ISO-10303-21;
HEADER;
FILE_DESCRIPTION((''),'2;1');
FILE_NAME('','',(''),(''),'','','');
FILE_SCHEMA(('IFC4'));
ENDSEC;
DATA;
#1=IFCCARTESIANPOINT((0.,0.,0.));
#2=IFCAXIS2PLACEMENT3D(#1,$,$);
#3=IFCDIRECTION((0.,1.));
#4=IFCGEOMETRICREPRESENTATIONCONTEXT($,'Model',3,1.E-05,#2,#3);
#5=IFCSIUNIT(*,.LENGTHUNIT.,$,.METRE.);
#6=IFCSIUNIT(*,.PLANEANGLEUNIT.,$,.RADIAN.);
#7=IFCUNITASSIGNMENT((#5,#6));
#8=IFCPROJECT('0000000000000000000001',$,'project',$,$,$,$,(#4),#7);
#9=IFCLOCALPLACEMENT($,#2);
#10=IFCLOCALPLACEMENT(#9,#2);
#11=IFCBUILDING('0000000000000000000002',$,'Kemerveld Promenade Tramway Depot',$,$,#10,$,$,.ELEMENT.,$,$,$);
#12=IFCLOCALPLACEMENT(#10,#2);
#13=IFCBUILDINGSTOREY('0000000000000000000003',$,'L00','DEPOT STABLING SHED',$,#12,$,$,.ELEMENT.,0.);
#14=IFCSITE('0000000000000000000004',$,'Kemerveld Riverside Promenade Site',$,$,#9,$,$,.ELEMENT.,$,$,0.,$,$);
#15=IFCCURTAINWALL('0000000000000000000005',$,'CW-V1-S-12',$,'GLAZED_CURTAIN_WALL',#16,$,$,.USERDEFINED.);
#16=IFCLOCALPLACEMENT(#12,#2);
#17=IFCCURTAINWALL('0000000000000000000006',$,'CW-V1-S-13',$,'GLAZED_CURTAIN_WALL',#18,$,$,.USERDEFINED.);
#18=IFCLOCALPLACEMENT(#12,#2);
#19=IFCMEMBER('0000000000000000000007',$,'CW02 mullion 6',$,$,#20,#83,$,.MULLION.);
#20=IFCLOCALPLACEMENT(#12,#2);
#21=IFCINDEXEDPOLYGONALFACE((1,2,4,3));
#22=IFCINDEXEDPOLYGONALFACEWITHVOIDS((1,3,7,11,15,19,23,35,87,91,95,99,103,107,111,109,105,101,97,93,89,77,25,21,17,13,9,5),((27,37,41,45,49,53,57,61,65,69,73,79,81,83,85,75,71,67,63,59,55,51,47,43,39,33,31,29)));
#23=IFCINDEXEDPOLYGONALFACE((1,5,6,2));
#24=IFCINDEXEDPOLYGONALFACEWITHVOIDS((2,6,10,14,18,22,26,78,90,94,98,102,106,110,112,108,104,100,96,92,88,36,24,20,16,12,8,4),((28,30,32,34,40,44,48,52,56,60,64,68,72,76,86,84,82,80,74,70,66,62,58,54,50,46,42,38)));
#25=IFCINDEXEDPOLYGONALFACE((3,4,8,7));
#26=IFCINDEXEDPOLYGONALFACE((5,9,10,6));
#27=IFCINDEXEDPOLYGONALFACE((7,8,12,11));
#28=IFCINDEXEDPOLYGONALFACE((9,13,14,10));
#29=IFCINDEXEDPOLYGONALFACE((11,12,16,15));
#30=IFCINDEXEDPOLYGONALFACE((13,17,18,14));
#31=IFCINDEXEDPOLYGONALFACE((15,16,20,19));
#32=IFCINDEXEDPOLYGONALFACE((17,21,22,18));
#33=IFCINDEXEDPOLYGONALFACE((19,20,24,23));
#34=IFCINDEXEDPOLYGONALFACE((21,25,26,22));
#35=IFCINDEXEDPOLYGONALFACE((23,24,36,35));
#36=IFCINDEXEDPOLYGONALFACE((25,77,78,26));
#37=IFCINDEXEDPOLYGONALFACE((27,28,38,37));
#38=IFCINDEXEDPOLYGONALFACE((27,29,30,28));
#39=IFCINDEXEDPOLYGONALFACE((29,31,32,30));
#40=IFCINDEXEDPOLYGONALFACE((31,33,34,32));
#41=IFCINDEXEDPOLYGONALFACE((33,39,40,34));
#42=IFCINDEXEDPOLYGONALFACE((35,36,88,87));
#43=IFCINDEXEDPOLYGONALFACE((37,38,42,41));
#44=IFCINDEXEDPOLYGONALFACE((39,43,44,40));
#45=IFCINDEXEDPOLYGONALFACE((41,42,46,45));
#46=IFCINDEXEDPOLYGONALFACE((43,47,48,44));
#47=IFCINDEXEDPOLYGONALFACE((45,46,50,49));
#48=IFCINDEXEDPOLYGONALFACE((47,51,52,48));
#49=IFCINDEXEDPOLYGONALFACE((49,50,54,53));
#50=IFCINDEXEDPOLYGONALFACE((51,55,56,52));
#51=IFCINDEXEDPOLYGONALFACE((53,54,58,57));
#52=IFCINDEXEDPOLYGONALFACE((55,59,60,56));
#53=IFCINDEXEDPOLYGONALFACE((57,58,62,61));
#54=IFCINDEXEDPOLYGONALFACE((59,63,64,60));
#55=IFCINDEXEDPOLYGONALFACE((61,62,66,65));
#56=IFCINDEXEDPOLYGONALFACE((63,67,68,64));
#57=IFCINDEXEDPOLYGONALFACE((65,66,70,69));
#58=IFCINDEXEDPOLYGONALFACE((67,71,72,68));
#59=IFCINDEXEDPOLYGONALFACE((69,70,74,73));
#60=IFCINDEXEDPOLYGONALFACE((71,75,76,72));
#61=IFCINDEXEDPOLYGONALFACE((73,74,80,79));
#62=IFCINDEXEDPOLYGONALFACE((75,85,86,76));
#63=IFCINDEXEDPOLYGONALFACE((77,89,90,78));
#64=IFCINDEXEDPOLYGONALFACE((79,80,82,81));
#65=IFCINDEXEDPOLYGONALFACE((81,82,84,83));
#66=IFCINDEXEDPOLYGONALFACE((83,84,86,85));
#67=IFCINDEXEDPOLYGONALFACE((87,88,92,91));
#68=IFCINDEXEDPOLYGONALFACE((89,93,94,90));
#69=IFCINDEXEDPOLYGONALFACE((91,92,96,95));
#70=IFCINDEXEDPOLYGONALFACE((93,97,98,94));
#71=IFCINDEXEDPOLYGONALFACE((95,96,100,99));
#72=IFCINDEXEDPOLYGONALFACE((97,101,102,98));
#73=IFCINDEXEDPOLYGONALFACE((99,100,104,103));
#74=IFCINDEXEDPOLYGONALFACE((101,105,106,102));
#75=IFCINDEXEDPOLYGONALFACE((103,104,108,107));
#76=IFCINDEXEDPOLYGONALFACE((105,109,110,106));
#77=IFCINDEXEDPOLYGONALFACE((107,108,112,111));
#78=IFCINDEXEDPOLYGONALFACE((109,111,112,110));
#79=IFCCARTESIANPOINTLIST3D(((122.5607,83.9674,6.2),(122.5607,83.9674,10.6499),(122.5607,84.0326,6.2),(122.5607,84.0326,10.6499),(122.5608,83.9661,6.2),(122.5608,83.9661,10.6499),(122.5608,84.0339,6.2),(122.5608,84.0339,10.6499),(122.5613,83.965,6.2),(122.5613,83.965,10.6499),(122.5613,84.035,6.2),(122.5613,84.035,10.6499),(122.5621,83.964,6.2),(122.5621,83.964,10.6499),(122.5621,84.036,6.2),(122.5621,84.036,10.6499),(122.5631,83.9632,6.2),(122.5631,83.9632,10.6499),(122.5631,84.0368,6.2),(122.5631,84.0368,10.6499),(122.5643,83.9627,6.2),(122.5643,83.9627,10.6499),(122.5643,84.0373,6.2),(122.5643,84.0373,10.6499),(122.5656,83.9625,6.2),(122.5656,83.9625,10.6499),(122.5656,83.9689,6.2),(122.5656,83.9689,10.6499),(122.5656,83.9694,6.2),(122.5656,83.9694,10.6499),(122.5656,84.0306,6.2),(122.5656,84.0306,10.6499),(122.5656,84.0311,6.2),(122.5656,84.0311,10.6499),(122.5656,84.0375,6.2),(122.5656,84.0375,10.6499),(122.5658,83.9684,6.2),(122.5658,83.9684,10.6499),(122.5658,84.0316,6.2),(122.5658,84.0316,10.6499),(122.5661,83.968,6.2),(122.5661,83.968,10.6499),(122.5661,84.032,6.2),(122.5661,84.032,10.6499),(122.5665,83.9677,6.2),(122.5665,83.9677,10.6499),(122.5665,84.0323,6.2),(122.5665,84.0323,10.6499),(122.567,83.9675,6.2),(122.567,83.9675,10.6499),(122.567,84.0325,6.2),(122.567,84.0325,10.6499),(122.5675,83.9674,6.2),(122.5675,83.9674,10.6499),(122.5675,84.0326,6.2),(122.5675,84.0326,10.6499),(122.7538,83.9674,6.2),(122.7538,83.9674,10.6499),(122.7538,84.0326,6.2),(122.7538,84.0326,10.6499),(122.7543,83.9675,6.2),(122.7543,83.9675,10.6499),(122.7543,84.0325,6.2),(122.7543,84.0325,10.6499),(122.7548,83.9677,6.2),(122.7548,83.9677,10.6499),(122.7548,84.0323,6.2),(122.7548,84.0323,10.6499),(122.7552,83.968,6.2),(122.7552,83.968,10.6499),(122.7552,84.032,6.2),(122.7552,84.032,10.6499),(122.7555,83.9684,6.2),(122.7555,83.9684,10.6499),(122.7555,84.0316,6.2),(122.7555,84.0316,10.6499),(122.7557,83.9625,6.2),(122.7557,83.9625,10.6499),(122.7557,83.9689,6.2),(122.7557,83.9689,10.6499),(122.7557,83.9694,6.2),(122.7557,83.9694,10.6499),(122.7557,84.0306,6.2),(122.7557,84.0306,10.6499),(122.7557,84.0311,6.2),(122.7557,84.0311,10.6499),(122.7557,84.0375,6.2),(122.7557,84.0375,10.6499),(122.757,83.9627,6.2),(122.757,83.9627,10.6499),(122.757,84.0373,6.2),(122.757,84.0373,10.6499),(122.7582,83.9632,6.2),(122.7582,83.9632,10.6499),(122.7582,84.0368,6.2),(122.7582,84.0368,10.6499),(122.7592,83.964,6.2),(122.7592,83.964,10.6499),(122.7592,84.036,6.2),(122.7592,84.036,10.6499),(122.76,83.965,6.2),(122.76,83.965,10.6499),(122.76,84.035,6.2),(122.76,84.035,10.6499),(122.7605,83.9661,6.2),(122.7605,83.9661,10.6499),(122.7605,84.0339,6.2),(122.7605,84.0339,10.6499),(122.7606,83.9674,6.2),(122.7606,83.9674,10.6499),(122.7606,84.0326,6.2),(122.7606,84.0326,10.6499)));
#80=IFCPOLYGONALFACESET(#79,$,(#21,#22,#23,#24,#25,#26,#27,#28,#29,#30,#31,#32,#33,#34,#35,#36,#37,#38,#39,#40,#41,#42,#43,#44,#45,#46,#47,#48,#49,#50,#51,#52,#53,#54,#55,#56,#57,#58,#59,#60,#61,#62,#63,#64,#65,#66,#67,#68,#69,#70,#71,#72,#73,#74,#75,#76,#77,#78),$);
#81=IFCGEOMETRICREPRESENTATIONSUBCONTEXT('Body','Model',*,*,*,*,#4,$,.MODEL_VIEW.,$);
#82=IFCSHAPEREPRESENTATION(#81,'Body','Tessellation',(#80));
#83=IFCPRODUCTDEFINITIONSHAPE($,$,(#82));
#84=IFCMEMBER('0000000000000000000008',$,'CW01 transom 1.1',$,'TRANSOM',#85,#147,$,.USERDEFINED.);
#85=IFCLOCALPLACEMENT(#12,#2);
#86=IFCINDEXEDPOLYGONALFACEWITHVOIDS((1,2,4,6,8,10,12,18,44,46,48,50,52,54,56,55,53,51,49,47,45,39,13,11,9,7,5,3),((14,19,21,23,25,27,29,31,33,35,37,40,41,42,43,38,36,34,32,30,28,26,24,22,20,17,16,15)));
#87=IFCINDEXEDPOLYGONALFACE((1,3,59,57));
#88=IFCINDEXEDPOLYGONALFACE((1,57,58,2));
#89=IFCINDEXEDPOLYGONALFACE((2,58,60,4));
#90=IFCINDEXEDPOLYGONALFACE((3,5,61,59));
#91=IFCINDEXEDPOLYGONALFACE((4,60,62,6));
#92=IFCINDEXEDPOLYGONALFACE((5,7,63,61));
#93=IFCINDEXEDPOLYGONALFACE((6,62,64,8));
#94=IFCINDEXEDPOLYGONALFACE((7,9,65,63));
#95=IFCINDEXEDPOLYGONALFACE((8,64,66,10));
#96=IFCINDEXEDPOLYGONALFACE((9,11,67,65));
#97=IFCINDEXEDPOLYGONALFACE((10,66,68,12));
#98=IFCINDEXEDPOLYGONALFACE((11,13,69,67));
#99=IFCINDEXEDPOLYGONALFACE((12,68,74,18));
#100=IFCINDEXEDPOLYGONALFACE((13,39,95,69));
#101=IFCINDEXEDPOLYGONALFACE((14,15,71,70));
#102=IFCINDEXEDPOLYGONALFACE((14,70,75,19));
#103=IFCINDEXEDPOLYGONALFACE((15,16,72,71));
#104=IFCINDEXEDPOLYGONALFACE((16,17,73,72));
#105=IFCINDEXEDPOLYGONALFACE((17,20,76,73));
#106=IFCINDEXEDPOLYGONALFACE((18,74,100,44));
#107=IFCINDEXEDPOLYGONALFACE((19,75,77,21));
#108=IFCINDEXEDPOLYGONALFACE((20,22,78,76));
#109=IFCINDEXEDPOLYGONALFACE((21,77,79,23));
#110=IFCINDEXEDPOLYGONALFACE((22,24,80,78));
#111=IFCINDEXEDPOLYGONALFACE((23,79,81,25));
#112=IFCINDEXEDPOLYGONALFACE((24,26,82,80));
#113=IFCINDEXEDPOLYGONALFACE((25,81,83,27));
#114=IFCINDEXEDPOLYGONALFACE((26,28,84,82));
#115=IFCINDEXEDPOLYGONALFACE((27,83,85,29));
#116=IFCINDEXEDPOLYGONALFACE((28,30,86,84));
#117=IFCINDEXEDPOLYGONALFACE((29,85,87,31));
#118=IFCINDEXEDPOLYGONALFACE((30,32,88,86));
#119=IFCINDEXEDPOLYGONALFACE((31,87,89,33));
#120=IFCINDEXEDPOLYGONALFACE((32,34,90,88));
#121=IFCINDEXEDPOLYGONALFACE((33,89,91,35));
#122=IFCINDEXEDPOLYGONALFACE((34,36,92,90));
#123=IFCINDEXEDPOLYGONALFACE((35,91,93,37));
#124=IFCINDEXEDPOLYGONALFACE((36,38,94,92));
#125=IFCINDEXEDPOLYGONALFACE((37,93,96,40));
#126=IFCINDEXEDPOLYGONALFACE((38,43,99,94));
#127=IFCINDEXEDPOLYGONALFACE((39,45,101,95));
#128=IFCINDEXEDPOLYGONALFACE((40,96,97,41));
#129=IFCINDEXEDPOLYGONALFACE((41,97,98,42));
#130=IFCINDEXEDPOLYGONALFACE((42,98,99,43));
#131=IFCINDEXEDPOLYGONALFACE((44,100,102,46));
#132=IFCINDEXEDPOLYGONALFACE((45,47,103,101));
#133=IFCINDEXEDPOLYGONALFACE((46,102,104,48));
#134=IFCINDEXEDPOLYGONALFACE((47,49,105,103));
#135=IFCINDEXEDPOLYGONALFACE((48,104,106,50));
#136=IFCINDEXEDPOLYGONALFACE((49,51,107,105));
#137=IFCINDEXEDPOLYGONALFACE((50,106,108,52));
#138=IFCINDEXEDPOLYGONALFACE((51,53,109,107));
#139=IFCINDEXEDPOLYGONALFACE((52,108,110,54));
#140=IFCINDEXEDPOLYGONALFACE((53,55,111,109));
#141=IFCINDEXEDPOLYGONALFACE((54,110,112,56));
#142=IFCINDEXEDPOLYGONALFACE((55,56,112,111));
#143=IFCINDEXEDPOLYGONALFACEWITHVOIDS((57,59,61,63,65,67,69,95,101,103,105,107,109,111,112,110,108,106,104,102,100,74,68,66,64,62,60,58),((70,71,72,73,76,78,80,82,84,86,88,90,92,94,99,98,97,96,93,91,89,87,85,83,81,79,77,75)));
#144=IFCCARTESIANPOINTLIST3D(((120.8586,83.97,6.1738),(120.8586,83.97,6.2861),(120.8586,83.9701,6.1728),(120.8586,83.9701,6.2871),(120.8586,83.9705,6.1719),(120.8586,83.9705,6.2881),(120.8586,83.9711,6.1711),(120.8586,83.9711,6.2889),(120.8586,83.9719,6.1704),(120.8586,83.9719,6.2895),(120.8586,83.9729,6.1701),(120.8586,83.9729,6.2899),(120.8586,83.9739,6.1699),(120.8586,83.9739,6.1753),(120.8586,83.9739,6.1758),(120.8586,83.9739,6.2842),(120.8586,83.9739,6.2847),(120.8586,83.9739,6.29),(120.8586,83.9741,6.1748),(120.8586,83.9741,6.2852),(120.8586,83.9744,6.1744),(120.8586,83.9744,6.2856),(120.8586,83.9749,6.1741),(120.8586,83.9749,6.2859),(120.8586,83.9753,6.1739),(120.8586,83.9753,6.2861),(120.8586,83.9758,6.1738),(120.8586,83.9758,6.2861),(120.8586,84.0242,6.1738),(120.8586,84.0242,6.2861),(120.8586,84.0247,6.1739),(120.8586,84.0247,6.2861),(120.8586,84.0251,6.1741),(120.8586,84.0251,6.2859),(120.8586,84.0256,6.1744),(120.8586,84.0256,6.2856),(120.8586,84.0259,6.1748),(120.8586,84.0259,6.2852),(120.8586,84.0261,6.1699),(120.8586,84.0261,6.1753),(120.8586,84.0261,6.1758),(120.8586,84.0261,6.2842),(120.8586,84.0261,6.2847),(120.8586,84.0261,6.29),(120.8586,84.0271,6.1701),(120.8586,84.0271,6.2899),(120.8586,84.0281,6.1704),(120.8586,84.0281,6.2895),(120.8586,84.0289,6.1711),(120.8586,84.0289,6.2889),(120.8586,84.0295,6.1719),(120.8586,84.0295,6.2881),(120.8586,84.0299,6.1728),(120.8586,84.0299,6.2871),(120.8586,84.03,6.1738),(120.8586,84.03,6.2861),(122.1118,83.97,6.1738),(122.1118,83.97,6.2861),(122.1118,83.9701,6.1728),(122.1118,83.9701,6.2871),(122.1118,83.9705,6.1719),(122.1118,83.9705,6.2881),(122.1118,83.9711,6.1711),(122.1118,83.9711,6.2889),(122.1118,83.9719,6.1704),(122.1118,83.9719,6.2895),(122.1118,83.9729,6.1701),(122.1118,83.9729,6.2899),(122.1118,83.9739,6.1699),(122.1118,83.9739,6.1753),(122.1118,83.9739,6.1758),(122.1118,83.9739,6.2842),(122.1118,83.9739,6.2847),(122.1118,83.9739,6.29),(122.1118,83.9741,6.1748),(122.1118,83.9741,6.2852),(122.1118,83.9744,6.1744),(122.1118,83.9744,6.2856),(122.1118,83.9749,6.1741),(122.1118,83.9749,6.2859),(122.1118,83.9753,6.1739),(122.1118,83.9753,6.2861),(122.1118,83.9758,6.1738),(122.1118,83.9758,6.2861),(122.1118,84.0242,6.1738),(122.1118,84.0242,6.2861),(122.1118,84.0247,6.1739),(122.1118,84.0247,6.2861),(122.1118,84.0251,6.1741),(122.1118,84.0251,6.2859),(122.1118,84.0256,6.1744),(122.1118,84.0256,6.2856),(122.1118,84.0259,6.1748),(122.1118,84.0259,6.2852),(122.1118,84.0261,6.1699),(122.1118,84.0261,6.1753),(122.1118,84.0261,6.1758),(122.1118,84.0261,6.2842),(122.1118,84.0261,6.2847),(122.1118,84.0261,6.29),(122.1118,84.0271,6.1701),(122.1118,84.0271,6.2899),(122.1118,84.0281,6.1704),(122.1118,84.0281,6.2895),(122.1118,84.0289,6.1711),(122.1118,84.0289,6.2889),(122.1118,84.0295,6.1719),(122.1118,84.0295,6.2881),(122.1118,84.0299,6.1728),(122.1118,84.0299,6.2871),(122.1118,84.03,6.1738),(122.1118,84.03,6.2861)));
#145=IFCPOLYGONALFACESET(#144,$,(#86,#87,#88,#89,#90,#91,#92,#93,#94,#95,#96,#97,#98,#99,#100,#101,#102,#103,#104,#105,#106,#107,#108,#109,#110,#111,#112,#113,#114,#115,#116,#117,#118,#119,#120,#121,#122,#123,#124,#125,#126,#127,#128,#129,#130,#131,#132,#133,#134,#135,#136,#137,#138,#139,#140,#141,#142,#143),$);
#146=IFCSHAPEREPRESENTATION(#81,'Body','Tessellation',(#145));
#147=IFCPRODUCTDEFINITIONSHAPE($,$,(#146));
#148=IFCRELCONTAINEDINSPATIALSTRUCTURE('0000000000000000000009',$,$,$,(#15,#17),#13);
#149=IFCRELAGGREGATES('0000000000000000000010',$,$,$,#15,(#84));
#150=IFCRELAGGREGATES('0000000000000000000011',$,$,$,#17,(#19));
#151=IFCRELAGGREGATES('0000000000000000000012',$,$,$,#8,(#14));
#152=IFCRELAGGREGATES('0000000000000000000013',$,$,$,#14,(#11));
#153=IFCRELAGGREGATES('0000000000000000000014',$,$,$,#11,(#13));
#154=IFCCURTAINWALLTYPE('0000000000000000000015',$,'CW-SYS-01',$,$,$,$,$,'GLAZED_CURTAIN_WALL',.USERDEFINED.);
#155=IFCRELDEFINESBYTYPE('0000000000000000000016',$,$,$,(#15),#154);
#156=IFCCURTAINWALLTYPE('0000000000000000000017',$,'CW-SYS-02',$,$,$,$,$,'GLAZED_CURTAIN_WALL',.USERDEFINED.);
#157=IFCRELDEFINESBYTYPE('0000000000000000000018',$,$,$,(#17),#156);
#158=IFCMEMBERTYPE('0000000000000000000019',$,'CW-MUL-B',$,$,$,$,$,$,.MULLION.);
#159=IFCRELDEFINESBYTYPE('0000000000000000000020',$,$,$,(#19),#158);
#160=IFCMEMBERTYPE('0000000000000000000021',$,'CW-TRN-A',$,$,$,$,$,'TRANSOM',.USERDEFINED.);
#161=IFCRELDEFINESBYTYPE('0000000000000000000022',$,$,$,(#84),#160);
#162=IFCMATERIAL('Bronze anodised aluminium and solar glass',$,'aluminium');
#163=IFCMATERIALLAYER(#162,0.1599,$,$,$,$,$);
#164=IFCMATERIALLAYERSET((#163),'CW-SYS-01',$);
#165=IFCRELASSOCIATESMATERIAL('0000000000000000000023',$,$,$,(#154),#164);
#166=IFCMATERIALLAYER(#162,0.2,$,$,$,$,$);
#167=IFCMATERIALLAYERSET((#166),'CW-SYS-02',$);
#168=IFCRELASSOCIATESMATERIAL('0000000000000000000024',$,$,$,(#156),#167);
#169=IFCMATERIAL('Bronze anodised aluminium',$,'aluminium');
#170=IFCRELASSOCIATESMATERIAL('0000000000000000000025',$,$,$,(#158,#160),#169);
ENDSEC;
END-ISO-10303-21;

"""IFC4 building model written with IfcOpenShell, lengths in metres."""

from ifc_helpers import new_model, si_unit, direction, frame, origin, origin_2d, place, context, subcontext, project, spatial, hollow_rectangle, extrude, material, layer, layer_set, material_profile, profile_set, type_object, element, aggregate, save


model = new_model("IFC4")

# Units and contexts
model_context = context("Model", 3, precision=1e-05, world=origin(), true_north=direction((0.0, 1.0)))
body_context = subcontext(model_context, "Body", "Model", "MODEL_VIEW")
ifc_project = project(units=[si_unit("LENGTHUNIT", "METRE"), si_unit("PLANEANGLEUNIT", "RADIAN")], contexts=[model_context])

# Site, building, storey
site_placement = place(None, origin())
site = spatial("IfcSite", under=ifc_project, at=site_placement, Name="Kemerveld Riverside Promenade Site", CompositionType="ELEMENT", RefElevation=0.0)
building_placement = place(site_placement, origin())
building = spatial("IfcBuilding", under=site, at=building_placement, Name="Kemerveld Promenade Tramway Depot", CompositionType="ELEMENT")
storey_placement = place(building_placement, origin())
storey = spatial("IfcBuildingStorey", under=building, at=storey_placement, Name="L00", Description="DEPOT STABLING SHED", CompositionType="ELEMENT", Elevation=0.0)

# Curtain wall
ifc_material_1 = material(Name="Bronze anodised aluminium and solar glass", Category="aluminium")
ifc_layer_1 = layer(ifc_material_1, 0.1599)
ifc_layer_set_1 = layer_set([ifc_layer_1], Name="CW-SYS-01")
curtain_wall_type_1 = type_object("IfcCurtainWallType", Name="CW-SYS-01", ElementType="GLAZED_CURTAIN_WALL", PredefinedType="USERDEFINED", material=ifc_layer_set_1)
curtain_wall_1_placement = place(storey_placement, origin())
curtain_wall_1 = element("IfcCurtainWall", 1, at=curtain_wall_1_placement, inside=storey, type_object=curtain_wall_type_1, Name="CW-V1-S-12", ObjectType="GLAZED_CURTAIN_WALL", PredefinedType="USERDEFINED")
ifc_material_2 = material(Name="Bronze anodised aluminium", Category="aluminium")

# Curtain wall, member
ifc_layer_2 = layer(ifc_material_1, 0.2)
ifc_layer_set_2 = layer_set([ifc_layer_2], Name="CW-SYS-02")
curtain_wall_type_2 = type_object("IfcCurtainWallType", Name="CW-SYS-02", ElementType="GLAZED_CURTAIN_WALL", PredefinedType="USERDEFINED", material=ifc_layer_set_2)
curtain_wall_2_placement = place(storey_placement, origin())
curtain_wall_2 = element("IfcCurtainWall", 2, at=curtain_wall_2_placement, inside=storey, type_object=curtain_wall_type_2, Name="CW-V1-S-13", ObjectType="GLAZED_CURTAIN_WALL", PredefinedType="USERDEFINED")
ifc_material_profile_1 = material_profile(ifc_material_2, hollow_rectangle(XDim=0.075, YDim=0.2, WallThickness=0.0049, InnerFilletRadius=0.002, OuterFilletRadius=0.0049, at=origin_2d()), Name="CW-MUL-200x75")
ifc_profile_set_1 = profile_set([ifc_material_profile_1], Name="Bronze anodised aluminium")
member_type_1 = type_object("IfcMemberType", Name="CW-MUL-B", PredefinedType="MULLION", material=ifc_profile_set_1)
member_1_placement = place(storey_placement, frame((122.6606, 84.0, 6.2), z_axis=(0.0, 0.0, 1.0), x_axis=(0.0, -1.0, 0.0)))
member_1 = element("IfcMember", 3, at=member_1_placement, type_object=member_type_1, Name="CW02 mullion 6", PredefinedType="MULLION", context=body_context, shape_type="SweptSolid", body=[
    extrude(hollow_rectangle(XDim=0.075, YDim=0.2, WallThickness=0.0049, InnerFilletRadius=0.002, OuterFilletRadius=0.0049, at=origin_2d()), origin(), (0.0, 0.0, 1.0), 4.45),
])

# Member
ifc_material_profile_2 = material_profile(ifc_material_2, hollow_rectangle(XDim=0.0601, YDim=0.1201, WallThickness=0.0039, InnerFilletRadius=0.002, OuterFilletRadius=0.0039, at=origin_2d()), Name="CW-TRN-120x60")
ifc_profile_set_2 = profile_set([ifc_material_profile_2], Name="Bronze anodised aluminium")
member_type_2 = type_object("IfcMemberType", Name="CW-TRN-A", ElementType="TRANSOM", PredefinedType="USERDEFINED", material=ifc_profile_set_2)
member_2_placement = place(storey_placement, frame((122.1118, 84.0, 6.23), z_axis=(-1.0, 0.0, 0.0), x_axis=(0.0, -1.0, 0.0)))
member_2 = element("IfcMember", 4, at=member_2_placement, type_object=member_type_2, Name="CW01 transom 1.1", ObjectType="TRANSOM", PredefinedType="USERDEFINED", context=body_context, shape_type="SweptSolid", body=[
    extrude(hollow_rectangle(XDim=0.0601, YDim=0.1201, WallThickness=0.0039, InnerFilletRadius=0.002, OuterFilletRadius=0.0039, at=origin_2d()), origin(), (0.0, 0.0, 1.0), 1.2532),
])

aggregate(curtain_wall_1, [member_2])
aggregate(curtain_wall_2, [member_1])

save(model, "model.ifc")
